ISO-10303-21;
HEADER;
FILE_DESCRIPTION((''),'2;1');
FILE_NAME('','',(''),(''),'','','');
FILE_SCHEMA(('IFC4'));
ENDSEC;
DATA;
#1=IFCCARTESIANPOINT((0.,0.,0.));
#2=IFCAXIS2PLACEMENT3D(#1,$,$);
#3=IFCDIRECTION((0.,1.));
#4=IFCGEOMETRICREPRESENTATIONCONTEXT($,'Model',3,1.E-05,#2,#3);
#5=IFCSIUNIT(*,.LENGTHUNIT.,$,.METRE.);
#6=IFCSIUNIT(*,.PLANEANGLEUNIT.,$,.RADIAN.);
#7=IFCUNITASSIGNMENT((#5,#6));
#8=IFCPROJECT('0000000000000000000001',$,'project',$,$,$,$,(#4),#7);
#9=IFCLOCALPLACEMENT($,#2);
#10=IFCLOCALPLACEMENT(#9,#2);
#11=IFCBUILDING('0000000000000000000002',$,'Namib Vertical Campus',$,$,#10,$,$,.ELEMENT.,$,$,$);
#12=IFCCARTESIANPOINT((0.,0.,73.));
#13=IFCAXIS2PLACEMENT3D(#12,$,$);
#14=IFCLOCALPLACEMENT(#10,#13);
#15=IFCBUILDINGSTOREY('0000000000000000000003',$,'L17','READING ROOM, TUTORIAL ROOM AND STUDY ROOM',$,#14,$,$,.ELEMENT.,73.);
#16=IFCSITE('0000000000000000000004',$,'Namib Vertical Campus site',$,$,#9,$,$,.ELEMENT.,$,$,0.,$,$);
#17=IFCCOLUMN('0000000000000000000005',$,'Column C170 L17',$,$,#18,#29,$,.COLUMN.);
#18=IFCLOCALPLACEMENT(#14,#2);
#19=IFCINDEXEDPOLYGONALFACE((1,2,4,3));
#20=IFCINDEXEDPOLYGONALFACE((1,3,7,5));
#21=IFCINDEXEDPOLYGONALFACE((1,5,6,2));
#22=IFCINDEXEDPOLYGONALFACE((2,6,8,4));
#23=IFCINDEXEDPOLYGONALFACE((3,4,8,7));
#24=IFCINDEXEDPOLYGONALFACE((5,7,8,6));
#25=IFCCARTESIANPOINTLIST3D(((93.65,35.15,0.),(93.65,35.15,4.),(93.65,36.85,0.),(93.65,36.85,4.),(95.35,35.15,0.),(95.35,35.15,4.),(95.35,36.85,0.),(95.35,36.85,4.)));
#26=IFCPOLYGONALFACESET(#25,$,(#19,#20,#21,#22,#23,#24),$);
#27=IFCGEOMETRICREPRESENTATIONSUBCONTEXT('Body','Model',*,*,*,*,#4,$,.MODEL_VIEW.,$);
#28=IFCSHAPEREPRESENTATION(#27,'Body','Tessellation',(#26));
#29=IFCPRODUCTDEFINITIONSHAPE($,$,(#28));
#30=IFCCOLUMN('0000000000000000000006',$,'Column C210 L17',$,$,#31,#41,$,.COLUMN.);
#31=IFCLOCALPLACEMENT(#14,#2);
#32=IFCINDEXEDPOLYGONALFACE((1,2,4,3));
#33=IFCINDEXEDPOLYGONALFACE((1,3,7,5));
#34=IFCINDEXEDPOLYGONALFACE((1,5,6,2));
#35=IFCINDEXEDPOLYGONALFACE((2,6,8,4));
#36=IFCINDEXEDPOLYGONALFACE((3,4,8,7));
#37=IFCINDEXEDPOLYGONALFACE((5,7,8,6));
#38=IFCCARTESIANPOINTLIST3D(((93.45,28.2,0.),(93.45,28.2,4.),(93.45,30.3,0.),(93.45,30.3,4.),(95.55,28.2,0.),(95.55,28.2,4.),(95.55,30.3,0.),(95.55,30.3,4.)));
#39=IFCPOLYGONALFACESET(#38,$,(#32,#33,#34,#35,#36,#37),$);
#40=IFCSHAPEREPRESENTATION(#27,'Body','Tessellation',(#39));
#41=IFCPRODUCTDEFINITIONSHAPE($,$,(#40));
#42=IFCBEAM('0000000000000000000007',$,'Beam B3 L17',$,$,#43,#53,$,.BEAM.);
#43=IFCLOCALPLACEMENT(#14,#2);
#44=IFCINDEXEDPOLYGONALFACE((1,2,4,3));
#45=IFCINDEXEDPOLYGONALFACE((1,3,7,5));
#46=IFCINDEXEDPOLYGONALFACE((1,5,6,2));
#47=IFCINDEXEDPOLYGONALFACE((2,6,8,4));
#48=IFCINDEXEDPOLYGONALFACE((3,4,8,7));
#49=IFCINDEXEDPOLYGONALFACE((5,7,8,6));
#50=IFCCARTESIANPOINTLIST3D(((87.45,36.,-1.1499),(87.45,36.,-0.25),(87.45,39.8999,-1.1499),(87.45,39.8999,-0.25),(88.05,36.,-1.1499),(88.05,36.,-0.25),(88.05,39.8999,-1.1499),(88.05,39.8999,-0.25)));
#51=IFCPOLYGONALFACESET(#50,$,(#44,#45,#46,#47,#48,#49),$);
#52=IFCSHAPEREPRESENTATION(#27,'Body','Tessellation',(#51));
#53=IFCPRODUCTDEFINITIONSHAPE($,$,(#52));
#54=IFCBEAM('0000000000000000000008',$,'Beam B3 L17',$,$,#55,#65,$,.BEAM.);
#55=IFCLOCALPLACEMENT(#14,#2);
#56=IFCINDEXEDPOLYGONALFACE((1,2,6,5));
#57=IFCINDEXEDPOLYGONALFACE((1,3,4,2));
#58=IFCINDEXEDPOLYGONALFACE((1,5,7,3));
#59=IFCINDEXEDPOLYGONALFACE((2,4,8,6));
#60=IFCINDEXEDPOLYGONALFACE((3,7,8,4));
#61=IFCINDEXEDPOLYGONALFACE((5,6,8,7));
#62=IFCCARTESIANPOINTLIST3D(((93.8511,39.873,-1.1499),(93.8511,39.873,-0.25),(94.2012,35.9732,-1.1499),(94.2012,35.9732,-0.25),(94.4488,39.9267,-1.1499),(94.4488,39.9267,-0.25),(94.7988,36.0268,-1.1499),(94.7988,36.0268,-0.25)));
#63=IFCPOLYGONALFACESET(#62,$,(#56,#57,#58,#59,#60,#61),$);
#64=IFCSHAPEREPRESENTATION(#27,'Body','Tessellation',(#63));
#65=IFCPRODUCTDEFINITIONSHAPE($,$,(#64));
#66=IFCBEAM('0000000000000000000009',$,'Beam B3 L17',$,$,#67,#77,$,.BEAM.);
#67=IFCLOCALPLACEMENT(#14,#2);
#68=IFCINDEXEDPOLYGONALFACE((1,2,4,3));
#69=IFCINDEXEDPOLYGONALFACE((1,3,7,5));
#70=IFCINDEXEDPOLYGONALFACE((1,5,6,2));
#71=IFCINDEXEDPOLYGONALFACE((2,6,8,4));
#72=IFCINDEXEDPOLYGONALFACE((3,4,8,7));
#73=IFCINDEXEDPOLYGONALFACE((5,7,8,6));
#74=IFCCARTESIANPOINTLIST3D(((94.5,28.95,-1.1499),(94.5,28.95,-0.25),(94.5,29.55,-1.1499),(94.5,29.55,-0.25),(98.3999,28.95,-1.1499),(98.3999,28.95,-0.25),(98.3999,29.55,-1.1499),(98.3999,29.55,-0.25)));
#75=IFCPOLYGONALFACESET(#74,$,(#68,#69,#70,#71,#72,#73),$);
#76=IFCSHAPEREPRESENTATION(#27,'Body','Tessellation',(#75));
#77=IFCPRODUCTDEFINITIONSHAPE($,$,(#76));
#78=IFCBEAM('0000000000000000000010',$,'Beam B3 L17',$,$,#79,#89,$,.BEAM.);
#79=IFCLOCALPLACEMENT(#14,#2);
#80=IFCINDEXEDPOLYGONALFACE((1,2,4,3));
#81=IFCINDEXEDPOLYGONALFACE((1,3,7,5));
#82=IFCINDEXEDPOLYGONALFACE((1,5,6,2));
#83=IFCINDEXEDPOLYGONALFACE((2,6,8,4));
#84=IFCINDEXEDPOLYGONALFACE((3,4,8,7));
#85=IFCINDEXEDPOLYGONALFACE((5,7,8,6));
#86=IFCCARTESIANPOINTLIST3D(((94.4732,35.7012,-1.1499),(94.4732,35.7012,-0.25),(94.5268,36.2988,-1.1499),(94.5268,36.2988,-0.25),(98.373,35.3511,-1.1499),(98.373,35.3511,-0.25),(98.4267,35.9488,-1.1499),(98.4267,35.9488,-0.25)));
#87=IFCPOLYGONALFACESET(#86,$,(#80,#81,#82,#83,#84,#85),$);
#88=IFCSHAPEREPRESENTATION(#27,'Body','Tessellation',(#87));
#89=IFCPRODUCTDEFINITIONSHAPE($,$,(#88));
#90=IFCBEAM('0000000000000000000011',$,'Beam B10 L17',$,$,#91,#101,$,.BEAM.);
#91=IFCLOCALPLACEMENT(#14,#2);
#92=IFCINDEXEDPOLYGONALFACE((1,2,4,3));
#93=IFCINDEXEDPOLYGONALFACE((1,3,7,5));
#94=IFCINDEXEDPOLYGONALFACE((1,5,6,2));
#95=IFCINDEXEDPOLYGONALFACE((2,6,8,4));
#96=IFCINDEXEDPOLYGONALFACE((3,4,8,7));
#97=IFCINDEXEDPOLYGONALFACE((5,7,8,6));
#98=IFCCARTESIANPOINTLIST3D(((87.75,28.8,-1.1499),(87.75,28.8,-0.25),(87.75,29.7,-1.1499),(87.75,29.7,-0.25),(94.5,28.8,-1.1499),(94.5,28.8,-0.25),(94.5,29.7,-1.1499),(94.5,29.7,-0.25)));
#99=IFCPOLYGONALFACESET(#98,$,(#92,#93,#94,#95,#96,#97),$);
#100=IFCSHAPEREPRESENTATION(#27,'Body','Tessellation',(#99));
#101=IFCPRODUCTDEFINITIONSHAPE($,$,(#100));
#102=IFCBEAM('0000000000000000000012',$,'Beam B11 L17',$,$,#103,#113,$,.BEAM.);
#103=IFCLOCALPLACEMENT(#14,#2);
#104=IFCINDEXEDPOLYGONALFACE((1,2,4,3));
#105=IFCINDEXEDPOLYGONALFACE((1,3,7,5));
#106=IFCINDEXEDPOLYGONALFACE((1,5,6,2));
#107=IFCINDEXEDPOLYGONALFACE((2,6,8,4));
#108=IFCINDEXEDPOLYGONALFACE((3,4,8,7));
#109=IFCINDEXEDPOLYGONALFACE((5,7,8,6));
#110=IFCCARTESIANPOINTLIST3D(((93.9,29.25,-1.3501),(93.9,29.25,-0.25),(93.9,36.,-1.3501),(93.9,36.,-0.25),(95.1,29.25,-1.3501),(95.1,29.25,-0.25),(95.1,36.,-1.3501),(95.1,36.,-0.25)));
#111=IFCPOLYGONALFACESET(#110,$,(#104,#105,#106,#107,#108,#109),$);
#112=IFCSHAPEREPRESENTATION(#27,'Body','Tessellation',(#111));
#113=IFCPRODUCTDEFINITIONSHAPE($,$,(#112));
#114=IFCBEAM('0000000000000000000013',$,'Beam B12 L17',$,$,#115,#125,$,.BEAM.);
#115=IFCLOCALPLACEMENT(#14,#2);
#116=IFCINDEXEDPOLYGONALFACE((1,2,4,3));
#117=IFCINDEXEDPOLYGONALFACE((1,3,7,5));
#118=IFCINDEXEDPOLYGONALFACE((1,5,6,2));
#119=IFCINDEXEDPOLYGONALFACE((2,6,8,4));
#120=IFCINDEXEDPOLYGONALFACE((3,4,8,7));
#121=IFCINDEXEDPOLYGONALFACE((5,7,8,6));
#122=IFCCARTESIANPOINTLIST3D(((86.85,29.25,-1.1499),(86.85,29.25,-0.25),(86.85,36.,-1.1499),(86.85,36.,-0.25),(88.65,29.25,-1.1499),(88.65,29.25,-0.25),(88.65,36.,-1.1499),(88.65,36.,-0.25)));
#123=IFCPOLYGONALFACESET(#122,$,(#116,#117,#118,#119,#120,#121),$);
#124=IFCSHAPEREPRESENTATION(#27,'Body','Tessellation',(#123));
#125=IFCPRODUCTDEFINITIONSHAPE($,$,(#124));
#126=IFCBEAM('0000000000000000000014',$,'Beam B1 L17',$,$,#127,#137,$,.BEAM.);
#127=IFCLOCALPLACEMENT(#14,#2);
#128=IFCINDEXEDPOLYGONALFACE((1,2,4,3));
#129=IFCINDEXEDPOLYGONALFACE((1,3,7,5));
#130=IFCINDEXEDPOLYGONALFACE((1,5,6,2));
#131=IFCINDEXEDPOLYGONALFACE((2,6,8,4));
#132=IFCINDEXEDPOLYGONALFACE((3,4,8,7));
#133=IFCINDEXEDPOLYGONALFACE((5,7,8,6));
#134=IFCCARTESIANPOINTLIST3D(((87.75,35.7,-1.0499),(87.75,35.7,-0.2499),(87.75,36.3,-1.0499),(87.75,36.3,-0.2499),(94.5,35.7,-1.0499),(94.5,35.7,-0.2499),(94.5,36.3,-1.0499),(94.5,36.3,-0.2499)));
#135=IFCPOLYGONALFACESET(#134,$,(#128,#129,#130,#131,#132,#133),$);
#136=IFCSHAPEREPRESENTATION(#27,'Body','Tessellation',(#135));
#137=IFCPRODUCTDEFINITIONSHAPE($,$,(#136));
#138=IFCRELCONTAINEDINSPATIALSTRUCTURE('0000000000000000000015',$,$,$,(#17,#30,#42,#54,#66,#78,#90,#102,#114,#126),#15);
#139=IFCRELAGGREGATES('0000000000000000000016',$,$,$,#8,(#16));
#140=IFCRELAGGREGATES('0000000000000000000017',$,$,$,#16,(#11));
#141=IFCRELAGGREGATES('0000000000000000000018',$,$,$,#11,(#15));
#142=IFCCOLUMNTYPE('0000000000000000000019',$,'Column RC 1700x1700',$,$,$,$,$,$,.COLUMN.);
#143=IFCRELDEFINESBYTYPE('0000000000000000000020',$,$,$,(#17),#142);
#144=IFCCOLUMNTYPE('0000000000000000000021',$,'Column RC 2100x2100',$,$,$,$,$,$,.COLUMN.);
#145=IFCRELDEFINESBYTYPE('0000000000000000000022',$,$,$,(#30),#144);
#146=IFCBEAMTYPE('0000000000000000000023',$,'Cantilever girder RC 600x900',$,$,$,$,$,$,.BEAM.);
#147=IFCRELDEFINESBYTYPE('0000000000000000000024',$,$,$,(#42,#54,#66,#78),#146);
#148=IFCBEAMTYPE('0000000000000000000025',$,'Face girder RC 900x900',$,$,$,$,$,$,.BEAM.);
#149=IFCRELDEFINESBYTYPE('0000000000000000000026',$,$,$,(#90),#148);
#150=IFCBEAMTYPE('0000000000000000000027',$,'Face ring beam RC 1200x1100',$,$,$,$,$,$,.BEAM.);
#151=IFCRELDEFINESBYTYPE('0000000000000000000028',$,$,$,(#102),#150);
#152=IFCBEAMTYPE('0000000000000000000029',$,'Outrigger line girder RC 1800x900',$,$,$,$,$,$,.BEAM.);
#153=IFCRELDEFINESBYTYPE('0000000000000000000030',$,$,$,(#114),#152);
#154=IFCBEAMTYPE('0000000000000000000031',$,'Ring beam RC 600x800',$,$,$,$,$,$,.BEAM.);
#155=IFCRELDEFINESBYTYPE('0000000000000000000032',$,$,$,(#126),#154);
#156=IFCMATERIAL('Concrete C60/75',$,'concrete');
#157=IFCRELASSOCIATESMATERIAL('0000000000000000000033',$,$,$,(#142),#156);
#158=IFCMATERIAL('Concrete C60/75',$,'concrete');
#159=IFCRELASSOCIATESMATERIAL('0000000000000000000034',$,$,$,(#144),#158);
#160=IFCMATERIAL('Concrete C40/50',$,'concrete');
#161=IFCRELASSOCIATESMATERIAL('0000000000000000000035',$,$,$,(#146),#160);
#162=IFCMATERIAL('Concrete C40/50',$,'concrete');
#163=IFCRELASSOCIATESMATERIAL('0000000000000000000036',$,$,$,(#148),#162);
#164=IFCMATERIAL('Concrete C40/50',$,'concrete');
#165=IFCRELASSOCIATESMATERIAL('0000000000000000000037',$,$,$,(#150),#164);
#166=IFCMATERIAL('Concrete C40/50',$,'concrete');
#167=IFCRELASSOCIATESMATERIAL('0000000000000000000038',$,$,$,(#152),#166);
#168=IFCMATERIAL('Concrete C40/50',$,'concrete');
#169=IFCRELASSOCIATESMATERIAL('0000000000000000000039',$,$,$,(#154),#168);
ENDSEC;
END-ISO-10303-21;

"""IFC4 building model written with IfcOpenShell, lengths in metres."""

from ifc_helpers import new_model, si_unit, direction, frame, origin, origin_2d, place, context, subcontext, project, spatial, rectangle, extrude, material, material_profile, profile_set, type_object, element, save


model = new_model("IFC4")

# Units and contexts
model_context = context("Model", 3, precision=1e-05, world=origin(), true_north=direction((0.0, 1.0)))
body_context = subcontext(model_context, "Body", "Model", "MODEL_VIEW")
ifc_project = project(units=[si_unit("LENGTHUNIT", "METRE"), si_unit("PLANEANGLEUNIT", "RADIAN")], contexts=[model_context])

# Site, building, storey
site_placement = place(None, origin())
site = spatial("IfcSite", under=ifc_project, at=site_placement, Name="Namib Vertical Campus site", CompositionType="ELEMENT", RefElevation=0.0)
building_placement = place(site_placement, origin())
building = spatial("IfcBuilding", under=site, at=building_placement, Name="Namib Vertical Campus", CompositionType="ELEMENT")
storey_placement = place(building_placement, frame((0.0, 0.0, 73.0)))
storey = spatial("IfcBuildingStorey", under=building, at=storey_placement, Name="L17", Description="READING ROOM, TUTORIAL ROOM AND STUDY ROOM", CompositionType="ELEMENT", Elevation=73.0)

# Columns
ifc_material_1 = material(Name="Concrete C60/75", Category="concrete")
ifc_material_profile_1 = material_profile(ifc_material_1, rectangle(XDim=1.7, YDim=1.7, at=origin_2d()))
ifc_profile_set_1 = profile_set([ifc_material_profile_1], Name="Concrete C60/75")
column_type_1 = type_object("IfcColumnType", Name="Column RC 1700x1700", PredefinedType="COLUMN", material=ifc_profile_set_1)
column_1_placement = place(storey_placement, frame((94.5, 36.0, 0.0), z_axis=(0.0, 0.0, 1.0), x_axis=(1.0, 0.0, 0.0)))
element("IfcColumn", 1, at=column_1_placement, inside=storey, type_object=column_type_1, Name="Column C170 L17", PredefinedType="COLUMN", context=body_context, shape_type="SweptSolid", body=[
    extrude(rectangle(XDim=1.7, YDim=1.7, at=origin_2d()), origin(), (0.0, 0.0, 1.0), 4.0),
])
ifc_material_2 = material(Name="Concrete C60/75", Category="concrete")
ifc_material_profile_2 = material_profile(ifc_material_2, rectangle(XDim=2.1001, YDim=2.1001, at=origin_2d()))
ifc_profile_set_2 = profile_set([ifc_material_profile_2], Name="Concrete C60/75")
column_type_2 = type_object("IfcColumnType", Name="Column RC 2100x2100", PredefinedType="COLUMN", material=ifc_profile_set_2)
column_2_placement = place(storey_placement, frame((94.5, 29.25, 0.0), z_axis=(0.0, 0.0, 1.0), x_axis=(1.0, 0.0, 0.0)))
element("IfcColumn", 2, at=column_2_placement, inside=storey, type_object=column_type_2, Name="Column C210 L17", PredefinedType="COLUMN", context=body_context, shape_type="SweptSolid", body=[
    extrude(rectangle(XDim=2.1001, YDim=2.1001, at=origin_2d()), origin(), (0.0, 0.0, 1.0), 4.0),
])

# Beams
ifc_material_3 = material(Name="Concrete C40/50", Category="concrete")
ifc_material_profile_3 = material_profile(ifc_material_3, rectangle(XDim=0.6001, YDim=0.8999, at=origin_2d()))
ifc_profile_set_3 = profile_set([ifc_material_profile_3], Name="Concrete C40/50")
beam_type_1 = type_object("IfcBeamType", Name="Cantilever girder RC 600x900", PredefinedType="BEAM", material=ifc_profile_set_3)
beam_1_placement = place(storey_placement, frame((87.75, 36.0, -0.7), z_axis=(0.0, 1.0, 0.0), x_axis=(-1.0, 0.0, 0.0)))
element("IfcBeam", 3, at=beam_1_placement, inside=storey, type_object=beam_type_1, Name="Beam B3 L17", PredefinedType="BEAM", context=body_context, shape_type="SweptSolid", body=[
    extrude(rectangle(XDim=0.6001, YDim=0.8999, at=origin_2d()), origin(), (0.0, 0.0, 1.0), 3.8999),
])
beam_2_placement = place(storey_placement, frame((94.5, 36.0, -0.7), z_axis=(-0.089411, 0.995995, 0.0), x_axis=(-0.995995, -0.089411, 0.0)))
element("IfcBeam", 4, at=beam_2_placement, inside=storey, type_object=beam_type_1, Name="Beam B3 L17", PredefinedType="BEAM", context=body_context, shape_type="SweptSolid", body=[
    extrude(rectangle(XDim=0.6001, YDim=0.8999, at=origin_2d()), origin(), (0.0, 0.0, 1.0), 3.9155),
])
beam_3_placement = place(storey_placement, frame((94.5, 29.25, -0.7), z_axis=(1.0, 0.0, 0.0), x_axis=(0.0, 1.0, 0.0)))
element("IfcBeam", 5, at=beam_3_placement, inside=storey, type_object=beam_type_1, Name="Beam B3 L17", PredefinedType="BEAM", context=body_context, shape_type="SweptSolid", body=[
    extrude(rectangle(XDim=0.6001, YDim=0.8999, at=origin_2d()), origin(), (0.0, 0.0, 1.0), 3.8999),
])
beam_4_placement = place(storey_placement, frame((94.5, 36.0, -0.7), z_axis=(0.995995, -0.089411, 0.0), x_axis=(0.089411, 0.995995, 0.0)))
element("IfcBeam", 6, at=beam_4_placement, inside=storey, type_object=beam_type_1, Name="Beam B3 L17", PredefinedType="BEAM", context=body_context, shape_type="SweptSolid", body=[
    extrude(rectangle(XDim=0.6001, YDim=0.8999, at=origin_2d()), origin(), (0.0, 0.0, 1.0), 3.9155),
])
ifc_material_4 = material(Name="Concrete C40/50", Category="concrete")
ifc_material_profile_4 = material_profile(ifc_material_4, rectangle(XDim=0.8999, YDim=0.8999, at=origin_2d()))
ifc_profile_set_4 = profile_set([ifc_material_profile_4], Name="Concrete C40/50")
beam_type_2 = type_object("IfcBeamType", Name="Face girder RC 900x900", PredefinedType="BEAM", material=ifc_profile_set_4)
beam_5_placement = place(storey_placement, frame((94.5, 29.25, -0.7), z_axis=(-1.0, 0.0, 0.0), x_axis=(0.0, -1.0, 0.0)))
element("IfcBeam", 7, at=beam_5_placement, inside=storey, type_object=beam_type_2, Name="Beam B10 L17", PredefinedType="BEAM", context=body_context, shape_type="SweptSolid", body=[
    extrude(rectangle(XDim=0.8999, YDim=0.8999, at=origin_2d()), origin(), (0.0, 0.0, 1.0), 6.75),
])
ifc_material_5 = material(Name="Concrete C40/50", Category="concrete")
ifc_material_profile_5 = material_profile(ifc_material_5, rectangle(XDim=1.2, YDim=1.1001, at=origin_2d()))
ifc_profile_set_5 = profile_set([ifc_material_profile_5], Name="Concrete C40/50")
beam_type_3 = type_object("IfcBeamType", Name="Face ring beam RC 1200x1100", PredefinedType="BEAM", material=ifc_profile_set_5)
beam_6_placement = place(storey_placement, frame((94.5, 29.25, -0.8), z_axis=(0.0, 1.0, 0.0), x_axis=(-1.0, 0.0, 0.0)))
element("IfcBeam", 8, at=beam_6_placement, inside=storey, type_object=beam_type_3, Name="Beam B11 L17", PredefinedType="BEAM", context=body_context, shape_type="SweptSolid", body=[
    extrude(rectangle(XDim=1.2, YDim=1.1001, at=origin_2d()), origin(), (0.0, 0.0, 1.0), 6.75),
])
ifc_material_6 = material(Name="Concrete C40/50", Category="concrete")
ifc_material_profile_6 = material_profile(ifc_material_6, rectangle(XDim=1.8, YDim=0.8999, at=origin_2d()))
ifc_profile_set_6 = profile_set([ifc_material_profile_6], Name="Concrete C40/50")
beam_type_4 = type_object("IfcBeamType", Name="Outrigger line girder RC 1800x900", PredefinedType="BEAM", material=ifc_profile_set_6)
beam_7_placement = place(storey_placement, frame((87.75, 36.0, -0.7), z_axis=(0.0, -1.0, 0.0), x_axis=(1.0, 0.0, 0.0)))
element("IfcBeam", 9, at=beam_7_placement, inside=storey, type_object=beam_type_4, Name="Beam B12 L17", PredefinedType="BEAM", context=body_context, shape_type="SweptSolid", body=[
    extrude(rectangle(XDim=1.8, YDim=0.8999, at=origin_2d()), origin(), (0.0, 0.0, 1.0), 6.75),
])
ifc_material_7 = material(Name="Concrete C40/50", Category="concrete")
ifc_material_profile_7 = material_profile(ifc_material_7, rectangle(XDim=0.6001, YDim=0.8, at=origin_2d()))
ifc_profile_set_7 = profile_set([ifc_material_profile_7], Name="Concrete C40/50")
beam_type_5 = type_object("IfcBeamType", Name="Ring beam RC 600x800", PredefinedType="BEAM", material=ifc_profile_set_7)
beam_8_placement = place(storey_placement, frame((87.75, 36.0, -0.6499), z_axis=(1.0, 0.0, 0.0), x_axis=(0.0, 1.0, 0.0)))
element("IfcBeam", 10, at=beam_8_placement, inside=storey, type_object=beam_type_5, Name="Beam B1 L17", PredefinedType="BEAM", context=body_context, shape_type="SweptSolid", body=[
    extrude(rectangle(XDim=0.6001, YDim=0.8, at=origin_2d()), origin(), (0.0, 0.0, 1.0), 6.75),
])

save(model, "model.ifc")
